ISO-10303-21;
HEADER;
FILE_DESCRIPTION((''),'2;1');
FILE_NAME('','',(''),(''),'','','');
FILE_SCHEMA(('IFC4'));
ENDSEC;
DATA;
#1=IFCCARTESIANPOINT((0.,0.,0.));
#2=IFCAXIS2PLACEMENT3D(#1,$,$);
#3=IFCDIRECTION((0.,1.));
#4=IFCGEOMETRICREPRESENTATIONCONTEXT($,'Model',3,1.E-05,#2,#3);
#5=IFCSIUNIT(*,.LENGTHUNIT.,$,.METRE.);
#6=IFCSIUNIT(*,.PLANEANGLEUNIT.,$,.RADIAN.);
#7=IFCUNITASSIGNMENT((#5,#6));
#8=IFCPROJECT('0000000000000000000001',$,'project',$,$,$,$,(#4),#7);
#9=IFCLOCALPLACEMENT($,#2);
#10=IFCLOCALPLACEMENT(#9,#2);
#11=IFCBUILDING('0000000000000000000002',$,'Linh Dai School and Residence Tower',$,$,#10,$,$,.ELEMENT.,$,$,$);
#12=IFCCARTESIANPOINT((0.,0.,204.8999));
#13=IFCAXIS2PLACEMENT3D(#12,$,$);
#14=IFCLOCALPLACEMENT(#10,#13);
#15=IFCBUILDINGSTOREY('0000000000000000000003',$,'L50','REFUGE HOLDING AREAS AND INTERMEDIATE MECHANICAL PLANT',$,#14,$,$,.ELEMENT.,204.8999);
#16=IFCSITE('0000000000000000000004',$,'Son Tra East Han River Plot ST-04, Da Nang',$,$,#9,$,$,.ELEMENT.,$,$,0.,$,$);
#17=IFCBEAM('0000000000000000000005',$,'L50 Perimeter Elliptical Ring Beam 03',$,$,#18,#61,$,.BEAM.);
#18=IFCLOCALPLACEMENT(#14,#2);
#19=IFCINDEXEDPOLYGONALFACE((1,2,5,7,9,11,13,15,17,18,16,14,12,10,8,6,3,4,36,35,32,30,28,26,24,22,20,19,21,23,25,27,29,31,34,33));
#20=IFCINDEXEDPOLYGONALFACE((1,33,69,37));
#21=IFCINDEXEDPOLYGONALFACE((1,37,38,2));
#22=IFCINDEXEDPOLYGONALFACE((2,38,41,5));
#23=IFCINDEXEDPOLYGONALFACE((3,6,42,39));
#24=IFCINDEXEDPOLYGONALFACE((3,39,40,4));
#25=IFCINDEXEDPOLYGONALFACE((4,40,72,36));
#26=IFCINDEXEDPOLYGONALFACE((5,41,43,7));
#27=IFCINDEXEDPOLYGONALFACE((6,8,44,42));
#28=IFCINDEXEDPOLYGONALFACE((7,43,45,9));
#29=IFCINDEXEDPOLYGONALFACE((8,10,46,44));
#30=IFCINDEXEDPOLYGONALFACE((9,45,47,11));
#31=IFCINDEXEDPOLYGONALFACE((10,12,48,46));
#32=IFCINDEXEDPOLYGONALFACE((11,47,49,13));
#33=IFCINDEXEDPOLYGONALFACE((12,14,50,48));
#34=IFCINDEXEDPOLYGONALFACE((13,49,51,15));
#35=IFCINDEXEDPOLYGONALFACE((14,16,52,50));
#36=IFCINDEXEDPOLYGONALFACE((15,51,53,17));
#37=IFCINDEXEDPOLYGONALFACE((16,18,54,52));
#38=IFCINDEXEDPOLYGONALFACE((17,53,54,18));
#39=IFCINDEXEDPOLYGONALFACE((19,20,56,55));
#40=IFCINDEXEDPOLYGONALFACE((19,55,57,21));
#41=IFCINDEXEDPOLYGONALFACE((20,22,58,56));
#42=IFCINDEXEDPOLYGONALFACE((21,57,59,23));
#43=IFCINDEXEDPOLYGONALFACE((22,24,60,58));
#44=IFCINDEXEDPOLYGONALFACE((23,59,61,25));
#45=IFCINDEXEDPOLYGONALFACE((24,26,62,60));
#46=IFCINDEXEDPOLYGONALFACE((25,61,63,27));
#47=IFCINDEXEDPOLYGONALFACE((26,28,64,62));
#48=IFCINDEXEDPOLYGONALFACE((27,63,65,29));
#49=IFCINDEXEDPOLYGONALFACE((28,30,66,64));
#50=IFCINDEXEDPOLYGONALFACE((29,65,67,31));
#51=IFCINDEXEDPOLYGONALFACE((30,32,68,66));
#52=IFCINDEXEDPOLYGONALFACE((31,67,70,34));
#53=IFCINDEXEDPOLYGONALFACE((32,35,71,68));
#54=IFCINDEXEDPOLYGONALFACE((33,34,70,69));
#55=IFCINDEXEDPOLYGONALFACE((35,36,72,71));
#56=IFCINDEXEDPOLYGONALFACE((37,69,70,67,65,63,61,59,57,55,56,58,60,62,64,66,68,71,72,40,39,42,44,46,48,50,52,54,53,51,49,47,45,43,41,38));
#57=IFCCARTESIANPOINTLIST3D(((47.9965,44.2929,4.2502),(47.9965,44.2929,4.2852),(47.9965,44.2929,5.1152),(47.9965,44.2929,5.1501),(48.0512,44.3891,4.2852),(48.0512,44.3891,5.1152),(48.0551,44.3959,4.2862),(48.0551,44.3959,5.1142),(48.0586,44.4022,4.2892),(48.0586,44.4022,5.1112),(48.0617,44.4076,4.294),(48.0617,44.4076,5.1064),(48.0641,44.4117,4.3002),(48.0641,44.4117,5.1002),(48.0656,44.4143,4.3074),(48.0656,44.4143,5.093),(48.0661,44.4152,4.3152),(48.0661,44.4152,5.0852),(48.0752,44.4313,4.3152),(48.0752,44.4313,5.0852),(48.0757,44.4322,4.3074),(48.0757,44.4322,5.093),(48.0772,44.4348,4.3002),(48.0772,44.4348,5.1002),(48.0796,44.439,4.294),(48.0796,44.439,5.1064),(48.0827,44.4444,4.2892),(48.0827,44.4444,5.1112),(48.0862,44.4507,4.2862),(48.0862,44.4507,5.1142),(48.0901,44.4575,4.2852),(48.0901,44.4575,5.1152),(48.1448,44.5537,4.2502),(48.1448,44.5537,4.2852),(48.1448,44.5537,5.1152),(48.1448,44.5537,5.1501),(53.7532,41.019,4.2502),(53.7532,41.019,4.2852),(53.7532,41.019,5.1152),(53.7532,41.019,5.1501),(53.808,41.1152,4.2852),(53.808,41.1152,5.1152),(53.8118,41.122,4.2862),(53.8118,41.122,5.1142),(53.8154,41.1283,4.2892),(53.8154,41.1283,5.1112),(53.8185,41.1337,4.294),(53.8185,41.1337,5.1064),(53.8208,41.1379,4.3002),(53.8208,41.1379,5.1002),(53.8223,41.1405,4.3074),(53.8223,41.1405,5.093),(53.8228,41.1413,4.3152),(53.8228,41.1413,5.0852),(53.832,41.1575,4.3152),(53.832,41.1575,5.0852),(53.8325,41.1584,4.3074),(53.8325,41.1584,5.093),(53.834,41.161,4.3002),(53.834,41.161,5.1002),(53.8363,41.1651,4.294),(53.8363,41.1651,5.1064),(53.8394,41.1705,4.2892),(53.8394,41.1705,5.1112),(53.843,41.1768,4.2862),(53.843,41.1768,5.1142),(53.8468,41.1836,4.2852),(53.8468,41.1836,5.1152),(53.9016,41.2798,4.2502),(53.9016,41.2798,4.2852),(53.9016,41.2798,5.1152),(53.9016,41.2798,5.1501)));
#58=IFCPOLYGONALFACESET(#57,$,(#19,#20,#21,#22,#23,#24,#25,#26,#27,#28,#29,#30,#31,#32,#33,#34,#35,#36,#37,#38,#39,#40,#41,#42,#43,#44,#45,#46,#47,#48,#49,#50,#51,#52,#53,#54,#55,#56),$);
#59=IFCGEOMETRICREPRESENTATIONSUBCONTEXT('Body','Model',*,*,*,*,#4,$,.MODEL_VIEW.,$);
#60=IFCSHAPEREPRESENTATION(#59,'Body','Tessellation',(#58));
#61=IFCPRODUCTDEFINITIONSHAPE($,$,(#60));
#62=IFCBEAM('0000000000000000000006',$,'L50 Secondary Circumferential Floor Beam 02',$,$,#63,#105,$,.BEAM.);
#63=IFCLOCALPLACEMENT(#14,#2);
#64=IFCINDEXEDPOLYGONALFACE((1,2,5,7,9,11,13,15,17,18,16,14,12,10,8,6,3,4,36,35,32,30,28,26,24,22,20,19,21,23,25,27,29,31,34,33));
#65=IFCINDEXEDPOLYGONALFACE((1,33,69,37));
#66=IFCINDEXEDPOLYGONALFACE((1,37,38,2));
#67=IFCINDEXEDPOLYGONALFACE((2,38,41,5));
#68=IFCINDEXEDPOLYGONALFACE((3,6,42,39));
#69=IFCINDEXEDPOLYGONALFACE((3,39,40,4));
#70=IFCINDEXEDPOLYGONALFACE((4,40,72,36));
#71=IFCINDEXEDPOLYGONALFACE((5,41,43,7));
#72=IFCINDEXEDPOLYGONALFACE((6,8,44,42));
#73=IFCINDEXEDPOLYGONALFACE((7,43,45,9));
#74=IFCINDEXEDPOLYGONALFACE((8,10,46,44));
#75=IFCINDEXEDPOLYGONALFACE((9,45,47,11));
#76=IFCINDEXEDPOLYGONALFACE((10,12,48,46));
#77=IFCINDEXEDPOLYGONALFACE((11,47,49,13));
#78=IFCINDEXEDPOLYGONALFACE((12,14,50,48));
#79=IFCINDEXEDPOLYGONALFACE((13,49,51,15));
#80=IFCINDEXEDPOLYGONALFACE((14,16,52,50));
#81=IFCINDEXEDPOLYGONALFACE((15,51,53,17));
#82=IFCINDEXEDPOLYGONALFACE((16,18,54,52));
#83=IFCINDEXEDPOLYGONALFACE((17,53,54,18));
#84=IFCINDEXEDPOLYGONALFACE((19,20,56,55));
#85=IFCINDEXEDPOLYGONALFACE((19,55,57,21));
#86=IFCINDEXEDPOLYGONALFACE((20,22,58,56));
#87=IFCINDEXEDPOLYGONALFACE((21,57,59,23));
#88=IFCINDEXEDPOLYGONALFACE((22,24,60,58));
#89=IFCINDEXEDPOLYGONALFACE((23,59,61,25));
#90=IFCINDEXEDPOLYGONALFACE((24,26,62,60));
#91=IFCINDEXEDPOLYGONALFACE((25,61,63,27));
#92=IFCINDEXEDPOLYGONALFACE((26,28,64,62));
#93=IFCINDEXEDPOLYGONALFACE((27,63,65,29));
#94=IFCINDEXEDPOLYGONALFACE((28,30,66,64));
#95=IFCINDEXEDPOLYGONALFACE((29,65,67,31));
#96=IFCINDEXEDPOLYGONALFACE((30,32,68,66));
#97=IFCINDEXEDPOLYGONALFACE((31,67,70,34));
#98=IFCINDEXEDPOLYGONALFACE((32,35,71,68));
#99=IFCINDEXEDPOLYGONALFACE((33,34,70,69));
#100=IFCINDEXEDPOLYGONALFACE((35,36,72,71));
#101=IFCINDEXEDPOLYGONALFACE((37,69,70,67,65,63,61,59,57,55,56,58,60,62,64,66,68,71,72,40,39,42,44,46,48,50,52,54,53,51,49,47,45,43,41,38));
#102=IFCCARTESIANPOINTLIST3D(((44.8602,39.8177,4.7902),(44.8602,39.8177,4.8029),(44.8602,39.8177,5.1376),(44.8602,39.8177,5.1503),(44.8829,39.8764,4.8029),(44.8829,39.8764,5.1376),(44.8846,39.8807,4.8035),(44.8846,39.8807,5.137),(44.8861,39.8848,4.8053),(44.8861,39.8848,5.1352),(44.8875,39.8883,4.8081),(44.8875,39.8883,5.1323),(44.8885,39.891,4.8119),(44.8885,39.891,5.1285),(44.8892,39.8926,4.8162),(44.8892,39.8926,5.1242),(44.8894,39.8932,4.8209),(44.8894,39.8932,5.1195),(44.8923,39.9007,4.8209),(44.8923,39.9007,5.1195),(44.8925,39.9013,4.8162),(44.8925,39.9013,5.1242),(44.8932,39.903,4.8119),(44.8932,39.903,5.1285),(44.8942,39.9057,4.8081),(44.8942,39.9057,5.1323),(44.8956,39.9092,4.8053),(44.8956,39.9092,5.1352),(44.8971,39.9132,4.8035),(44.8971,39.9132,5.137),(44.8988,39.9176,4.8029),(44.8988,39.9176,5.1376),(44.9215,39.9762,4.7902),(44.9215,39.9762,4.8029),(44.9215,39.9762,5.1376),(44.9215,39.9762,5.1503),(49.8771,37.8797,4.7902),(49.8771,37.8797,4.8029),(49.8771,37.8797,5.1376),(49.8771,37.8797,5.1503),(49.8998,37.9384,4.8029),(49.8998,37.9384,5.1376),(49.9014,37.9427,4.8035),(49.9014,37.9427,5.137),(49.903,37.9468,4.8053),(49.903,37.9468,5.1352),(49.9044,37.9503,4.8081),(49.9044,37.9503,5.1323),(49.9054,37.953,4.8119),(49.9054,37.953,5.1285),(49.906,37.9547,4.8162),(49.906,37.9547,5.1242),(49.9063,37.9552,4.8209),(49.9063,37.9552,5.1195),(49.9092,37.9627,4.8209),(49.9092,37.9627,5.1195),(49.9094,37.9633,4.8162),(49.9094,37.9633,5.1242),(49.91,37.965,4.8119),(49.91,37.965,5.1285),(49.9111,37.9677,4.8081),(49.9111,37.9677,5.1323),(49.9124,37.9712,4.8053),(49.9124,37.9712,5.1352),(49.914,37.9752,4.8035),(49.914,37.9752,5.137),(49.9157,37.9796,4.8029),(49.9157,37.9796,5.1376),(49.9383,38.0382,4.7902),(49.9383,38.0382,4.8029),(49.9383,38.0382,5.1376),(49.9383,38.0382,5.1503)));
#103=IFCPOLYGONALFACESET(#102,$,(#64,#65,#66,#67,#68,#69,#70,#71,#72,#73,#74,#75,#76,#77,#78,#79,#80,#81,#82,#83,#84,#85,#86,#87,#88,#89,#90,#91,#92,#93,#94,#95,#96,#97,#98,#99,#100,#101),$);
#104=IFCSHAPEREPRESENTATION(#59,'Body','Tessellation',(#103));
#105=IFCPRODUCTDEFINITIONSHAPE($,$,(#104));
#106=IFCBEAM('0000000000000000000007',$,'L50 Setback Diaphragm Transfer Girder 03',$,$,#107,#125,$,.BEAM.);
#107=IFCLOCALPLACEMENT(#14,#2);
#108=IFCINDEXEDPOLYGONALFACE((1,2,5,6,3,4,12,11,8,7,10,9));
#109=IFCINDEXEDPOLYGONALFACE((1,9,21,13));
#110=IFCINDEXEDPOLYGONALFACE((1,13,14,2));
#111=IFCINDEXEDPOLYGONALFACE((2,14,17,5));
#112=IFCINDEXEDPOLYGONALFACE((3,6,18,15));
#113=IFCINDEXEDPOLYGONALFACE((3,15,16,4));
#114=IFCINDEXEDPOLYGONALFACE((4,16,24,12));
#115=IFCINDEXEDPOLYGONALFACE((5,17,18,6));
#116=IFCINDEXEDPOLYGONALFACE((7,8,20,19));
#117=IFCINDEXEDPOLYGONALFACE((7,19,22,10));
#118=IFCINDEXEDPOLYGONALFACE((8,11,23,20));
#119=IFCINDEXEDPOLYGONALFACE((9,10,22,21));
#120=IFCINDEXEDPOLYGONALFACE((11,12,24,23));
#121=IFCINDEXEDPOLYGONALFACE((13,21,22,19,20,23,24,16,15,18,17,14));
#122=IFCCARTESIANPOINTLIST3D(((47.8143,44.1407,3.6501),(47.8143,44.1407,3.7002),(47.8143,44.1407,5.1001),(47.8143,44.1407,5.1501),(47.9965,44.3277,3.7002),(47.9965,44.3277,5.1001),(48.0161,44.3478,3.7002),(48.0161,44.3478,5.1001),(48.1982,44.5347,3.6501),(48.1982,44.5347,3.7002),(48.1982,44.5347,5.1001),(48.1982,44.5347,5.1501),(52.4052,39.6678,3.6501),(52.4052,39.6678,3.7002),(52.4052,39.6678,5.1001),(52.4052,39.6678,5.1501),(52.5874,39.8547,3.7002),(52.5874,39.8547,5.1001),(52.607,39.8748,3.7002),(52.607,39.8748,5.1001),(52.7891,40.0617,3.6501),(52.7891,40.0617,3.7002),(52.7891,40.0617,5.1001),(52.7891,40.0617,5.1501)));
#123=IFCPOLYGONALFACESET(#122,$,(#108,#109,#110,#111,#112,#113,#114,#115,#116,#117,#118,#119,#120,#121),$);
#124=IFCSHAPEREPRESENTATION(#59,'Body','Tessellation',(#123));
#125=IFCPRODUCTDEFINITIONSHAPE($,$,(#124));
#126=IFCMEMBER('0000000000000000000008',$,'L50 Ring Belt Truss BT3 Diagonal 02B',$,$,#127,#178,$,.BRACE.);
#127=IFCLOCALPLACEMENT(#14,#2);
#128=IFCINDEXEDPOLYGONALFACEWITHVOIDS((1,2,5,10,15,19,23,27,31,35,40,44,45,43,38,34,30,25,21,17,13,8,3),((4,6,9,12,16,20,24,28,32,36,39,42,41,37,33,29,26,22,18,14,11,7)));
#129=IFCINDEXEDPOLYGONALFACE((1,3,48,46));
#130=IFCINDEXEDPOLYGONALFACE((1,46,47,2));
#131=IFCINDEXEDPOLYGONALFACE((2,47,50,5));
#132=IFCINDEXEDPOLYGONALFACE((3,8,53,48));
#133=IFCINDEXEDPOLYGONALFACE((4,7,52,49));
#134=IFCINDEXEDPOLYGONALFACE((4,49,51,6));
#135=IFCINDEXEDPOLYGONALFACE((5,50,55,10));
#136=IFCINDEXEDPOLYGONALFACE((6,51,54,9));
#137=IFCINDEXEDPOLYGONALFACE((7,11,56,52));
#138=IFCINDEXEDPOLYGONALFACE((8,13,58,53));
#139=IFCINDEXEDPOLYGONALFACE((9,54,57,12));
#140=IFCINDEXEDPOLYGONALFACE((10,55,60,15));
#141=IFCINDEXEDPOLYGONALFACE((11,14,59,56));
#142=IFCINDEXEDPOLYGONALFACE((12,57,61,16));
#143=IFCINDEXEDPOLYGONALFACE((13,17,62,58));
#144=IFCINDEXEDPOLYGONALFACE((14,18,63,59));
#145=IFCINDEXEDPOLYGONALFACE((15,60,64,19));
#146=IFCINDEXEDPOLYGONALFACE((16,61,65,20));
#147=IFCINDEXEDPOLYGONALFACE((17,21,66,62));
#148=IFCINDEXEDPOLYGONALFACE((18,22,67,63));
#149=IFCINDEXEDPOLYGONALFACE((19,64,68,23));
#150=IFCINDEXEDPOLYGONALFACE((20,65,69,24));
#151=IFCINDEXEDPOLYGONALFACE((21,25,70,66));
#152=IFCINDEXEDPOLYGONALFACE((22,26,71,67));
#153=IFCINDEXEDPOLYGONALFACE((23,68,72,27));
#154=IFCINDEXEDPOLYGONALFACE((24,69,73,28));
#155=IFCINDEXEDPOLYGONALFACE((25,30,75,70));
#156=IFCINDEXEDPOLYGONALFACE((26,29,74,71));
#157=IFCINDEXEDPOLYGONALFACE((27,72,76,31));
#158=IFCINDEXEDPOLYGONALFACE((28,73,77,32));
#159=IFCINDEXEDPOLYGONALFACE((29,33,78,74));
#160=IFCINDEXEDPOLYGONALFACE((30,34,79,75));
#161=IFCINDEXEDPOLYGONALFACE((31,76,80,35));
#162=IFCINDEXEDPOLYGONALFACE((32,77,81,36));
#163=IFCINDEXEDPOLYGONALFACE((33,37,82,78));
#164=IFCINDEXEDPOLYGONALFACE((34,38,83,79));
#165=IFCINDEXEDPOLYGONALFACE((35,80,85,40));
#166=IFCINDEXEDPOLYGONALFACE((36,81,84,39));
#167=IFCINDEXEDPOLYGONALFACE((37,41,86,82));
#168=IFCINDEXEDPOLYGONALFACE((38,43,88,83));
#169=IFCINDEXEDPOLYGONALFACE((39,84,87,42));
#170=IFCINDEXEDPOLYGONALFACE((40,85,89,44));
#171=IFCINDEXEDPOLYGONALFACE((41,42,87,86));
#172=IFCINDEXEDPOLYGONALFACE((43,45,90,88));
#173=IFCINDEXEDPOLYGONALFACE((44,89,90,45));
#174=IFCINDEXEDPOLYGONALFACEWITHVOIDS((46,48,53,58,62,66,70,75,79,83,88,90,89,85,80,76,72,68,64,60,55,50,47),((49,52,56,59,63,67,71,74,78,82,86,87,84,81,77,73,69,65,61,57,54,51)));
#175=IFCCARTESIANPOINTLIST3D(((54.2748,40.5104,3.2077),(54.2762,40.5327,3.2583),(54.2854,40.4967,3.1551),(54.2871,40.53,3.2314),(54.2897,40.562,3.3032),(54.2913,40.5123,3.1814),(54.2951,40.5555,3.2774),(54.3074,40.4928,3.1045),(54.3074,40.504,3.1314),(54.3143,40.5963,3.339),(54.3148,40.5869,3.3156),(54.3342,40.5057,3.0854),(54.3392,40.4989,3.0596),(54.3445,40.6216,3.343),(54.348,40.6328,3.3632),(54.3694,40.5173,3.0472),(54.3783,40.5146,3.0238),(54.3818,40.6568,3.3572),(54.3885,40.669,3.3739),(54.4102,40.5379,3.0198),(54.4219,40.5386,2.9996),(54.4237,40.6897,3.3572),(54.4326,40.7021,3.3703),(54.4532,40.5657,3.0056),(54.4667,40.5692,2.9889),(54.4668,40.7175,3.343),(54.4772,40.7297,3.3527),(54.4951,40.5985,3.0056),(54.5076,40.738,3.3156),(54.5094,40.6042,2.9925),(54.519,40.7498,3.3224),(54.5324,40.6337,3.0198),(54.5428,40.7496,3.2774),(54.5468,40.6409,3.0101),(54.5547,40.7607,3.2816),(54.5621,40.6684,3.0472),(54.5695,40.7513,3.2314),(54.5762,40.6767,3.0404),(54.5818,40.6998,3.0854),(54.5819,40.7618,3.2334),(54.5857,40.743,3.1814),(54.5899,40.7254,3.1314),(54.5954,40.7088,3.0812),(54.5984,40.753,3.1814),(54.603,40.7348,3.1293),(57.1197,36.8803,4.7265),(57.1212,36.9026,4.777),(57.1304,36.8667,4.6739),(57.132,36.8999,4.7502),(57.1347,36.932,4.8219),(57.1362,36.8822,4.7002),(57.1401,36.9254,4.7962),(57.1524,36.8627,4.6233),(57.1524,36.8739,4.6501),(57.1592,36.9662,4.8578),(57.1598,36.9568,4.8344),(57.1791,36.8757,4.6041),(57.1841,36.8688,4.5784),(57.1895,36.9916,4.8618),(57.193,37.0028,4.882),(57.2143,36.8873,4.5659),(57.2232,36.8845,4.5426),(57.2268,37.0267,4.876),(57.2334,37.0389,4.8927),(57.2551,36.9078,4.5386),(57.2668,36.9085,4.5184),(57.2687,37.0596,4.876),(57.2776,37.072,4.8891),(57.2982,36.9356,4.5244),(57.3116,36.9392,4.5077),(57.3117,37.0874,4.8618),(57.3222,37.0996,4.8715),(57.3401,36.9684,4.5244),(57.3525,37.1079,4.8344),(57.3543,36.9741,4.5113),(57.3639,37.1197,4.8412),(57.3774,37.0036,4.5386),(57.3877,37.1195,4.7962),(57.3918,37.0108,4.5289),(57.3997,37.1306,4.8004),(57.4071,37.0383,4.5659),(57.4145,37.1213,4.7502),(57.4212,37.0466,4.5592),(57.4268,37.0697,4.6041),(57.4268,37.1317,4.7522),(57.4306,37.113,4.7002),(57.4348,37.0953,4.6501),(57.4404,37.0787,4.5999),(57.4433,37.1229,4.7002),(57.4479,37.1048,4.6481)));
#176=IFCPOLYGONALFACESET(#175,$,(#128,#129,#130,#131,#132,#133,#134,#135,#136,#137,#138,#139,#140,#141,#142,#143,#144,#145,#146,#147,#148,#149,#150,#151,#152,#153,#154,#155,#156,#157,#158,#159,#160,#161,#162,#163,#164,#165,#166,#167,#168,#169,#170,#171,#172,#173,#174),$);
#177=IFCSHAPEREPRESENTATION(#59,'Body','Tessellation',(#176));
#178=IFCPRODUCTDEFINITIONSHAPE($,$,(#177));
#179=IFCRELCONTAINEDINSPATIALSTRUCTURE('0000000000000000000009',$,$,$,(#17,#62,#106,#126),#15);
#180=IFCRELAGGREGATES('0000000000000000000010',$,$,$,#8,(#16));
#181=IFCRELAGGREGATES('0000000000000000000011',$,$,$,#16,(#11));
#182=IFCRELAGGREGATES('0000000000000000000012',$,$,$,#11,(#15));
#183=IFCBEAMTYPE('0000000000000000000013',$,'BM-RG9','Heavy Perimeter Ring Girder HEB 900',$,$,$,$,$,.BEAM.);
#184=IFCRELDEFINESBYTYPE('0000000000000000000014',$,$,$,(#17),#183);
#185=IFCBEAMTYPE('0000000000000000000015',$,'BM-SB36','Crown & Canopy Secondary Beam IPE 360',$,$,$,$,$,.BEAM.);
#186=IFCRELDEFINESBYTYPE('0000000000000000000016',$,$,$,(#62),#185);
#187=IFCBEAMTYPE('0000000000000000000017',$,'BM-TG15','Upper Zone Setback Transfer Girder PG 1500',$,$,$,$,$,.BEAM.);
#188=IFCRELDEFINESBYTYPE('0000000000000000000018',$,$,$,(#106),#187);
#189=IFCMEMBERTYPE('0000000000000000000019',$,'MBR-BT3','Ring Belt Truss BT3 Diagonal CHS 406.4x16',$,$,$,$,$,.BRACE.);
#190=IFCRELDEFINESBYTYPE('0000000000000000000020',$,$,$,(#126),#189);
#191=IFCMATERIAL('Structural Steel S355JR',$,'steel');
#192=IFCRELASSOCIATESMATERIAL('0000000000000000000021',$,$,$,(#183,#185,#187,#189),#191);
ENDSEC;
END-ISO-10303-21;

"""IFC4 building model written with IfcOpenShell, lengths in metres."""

from ifc_helpers import new_model, si_unit, direction, frame, origin, origin_2d, place, context, subcontext, project, spatial, hollow_circle, i_section, extrude, material, material_profile, profile_set, type_object, element, save


model = new_model("IFC4")

# Units and contexts
model_context = context("Model", 3, precision=1e-05, world=origin(), true_north=direction((0.0, 1.0)))
body_context = subcontext(model_context, "Body", "Model", "MODEL_VIEW")
ifc_project = project(units=[si_unit("LENGTHUNIT", "METRE"), si_unit("PLANEANGLEUNIT", "RADIAN")], contexts=[model_context])

# Site, building, storey
site_placement = place(None, origin())
site = spatial("IfcSite", under=ifc_project, at=site_placement, Name="Son Tra East Han River Plot ST-04, Da Nang", CompositionType="ELEMENT", RefElevation=0.0)
building_placement = place(site_placement, origin())
building = spatial("IfcBuilding", under=site, at=building_placement, Name="Linh Dai School and Residence Tower", CompositionType="ELEMENT")
storey_placement = place(building_placement, frame((0.0, 0.0, 204.8999)))
storey = spatial("IfcBuildingStorey", under=building, at=storey_placement, Name="L50", Description="REFUGE HOLDING AREAS AND INTERMEDIATE MECHANICAL PLANT", CompositionType="ELEMENT", Elevation=204.8999)

# Shared definitions
ifc_material_1 = material(Name="Structural Steel S355JR", Category="steel")

# Beams
ifc_material_profile_1 = material_profile(ifc_material_1, i_section(OverallWidth=0.3, OverallDepth=0.8999, WebThickness=0.0186, FlangeThickness=0.0349, FilletRadius=0.03, at=origin_2d()), Name="HEB 900")
ifc_profile_set_1 = profile_set([ifc_material_profile_1], Name="Structural Steel S355JR")
beam_type_1 = type_object("IfcBeamType", Name="BM-RG9", Description="Heavy Perimeter Ring Girder HEB 900", PredefinedType="BEAM", material=ifc_profile_set_1)
beam_1_placement = place(storey_placement, frame((53.8274, 41.1494, 4.7002), z_axis=(-0.869262, 0.494351, 0.0), x_axis=(-0.494351, -0.869262, 0.0)))
element("IfcBeam", 1, at=beam_1_placement, inside=storey, type_object=beam_type_1, Name="L50 Perimeter Elliptical Ring Beam 03", PredefinedType="BEAM", context=body_context, shape_type="SweptSolid", body=[
    extrude(i_section(OverallWidth=0.3, OverallDepth=0.8999, WebThickness=0.0186, FlangeThickness=0.0349, FilletRadius=0.03, at=origin_2d()), origin(), (0.0, 0.0, 1.0), 6.6226),
])
ifc_material_profile_2 = material_profile(ifc_material_1, i_section(OverallWidth=0.1699, OverallDepth=0.3601, WebThickness=0.0081, FlangeThickness=0.0127, FilletRadius=0.0181, at=origin_2d()), Name="IPE 360")
ifc_profile_set_2 = profile_set([ifc_material_profile_2], Name="Structural Steel S355JR")
beam_type_2 = type_object("IfcBeamType", Name="BM-SB36", Description="Crown & Canopy Secondary Beam IPE 360", PredefinedType="BEAM", material=ifc_profile_set_2)
beam_2_placement = place(storey_placement, frame((49.9077, 37.959, 4.9702), z_axis=(-0.932819, 0.360345, 0.0), x_axis=(-0.360345, -0.932819, 0.0)))
element("IfcBeam", 2, at=beam_2_placement, inside=storey, type_object=beam_type_2, Name="L50 Secondary Circumferential Floor Beam 02", PredefinedType="BEAM", context=body_context, shape_type="SweptSolid", body=[
    extrude(i_section(OverallWidth=0.1699, OverallDepth=0.3601, WebThickness=0.0081, FlangeThickness=0.0127, FilletRadius=0.0181, at=origin_2d()), origin(), (0.0, 0.0, 1.0), 5.3782),
])
ifc_material_profile_3 = material_profile(ifc_material_1, i_section(OverallWidth=0.55, OverallDepth=1.5, WebThickness=0.0281, FlangeThickness=0.05, at=origin_2d()), Name="PG 1500x550x28x50")
ifc_profile_set_3 = profile_set([ifc_material_profile_3], Name="Structural Steel S355JR")
beam_type_3 = type_object("IfcBeamType", Name="BM-TG15", Description="Upper Zone Setback Transfer Girder PG 1500", PredefinedType="BEAM", material=ifc_profile_set_3)
beam_3_placement = place(storey_placement, frame((52.5972, 39.8647, 4.4001), z_axis=(-0.716246, 0.697848, 0.0), x_axis=(-0.697848, -0.716246, 0.0)))
element("IfcBeam", 3, at=beam_3_placement, inside=storey, type_object=beam_type_3, Name="L50 Setback Diaphragm Transfer Girder 03", PredefinedType="BEAM", context=body_context, shape_type="SweptSolid", body=[
    extrude(i_section(OverallWidth=0.55, OverallDepth=1.5, WebThickness=0.0281, FlangeThickness=0.05, at=origin_2d()), origin(), (0.0, 0.0, 1.0), 6.4097),
])

# Member
ifc_material_profile_4 = material_profile(ifc_material_1, hollow_circle(Radius=0.2031, WallThickness=0.0161, at=origin_2d()), Name="CHS 406.4x16")
ifc_profile_set_4 = profile_set([ifc_material_profile_4], Name="Structural Steel S355JR")
member_type_1 = type_object("IfcMemberType", Name="MBR-BT3", Description="Ring Belt Truss BT3 Diagonal CHS 406.4x16", PredefinedType="BRACE", material=ifc_profile_set_4)
member_1_placement = place(storey_placement, frame((54.4385, 40.6277, 3.1814), z_axis=(0.585896, -0.747592, 0.312783), x_axis=(0.787084, 0.616846, 0.0)))
element("IfcMember", 4, at=member_1_placement, inside=storey, type_object=member_type_1, Name="L50 Ring Belt Truss BT3 Diagonal 02B", PredefinedType="BRACE", context=body_context, shape_type="SweptSolid", body=[
    extrude(hollow_circle(Radius=0.2031, WallThickness=0.0161, at=origin_2d()), origin(), (0.0, 0.0, 1.0), 4.8557),
])

save(model, "model.ifc")
